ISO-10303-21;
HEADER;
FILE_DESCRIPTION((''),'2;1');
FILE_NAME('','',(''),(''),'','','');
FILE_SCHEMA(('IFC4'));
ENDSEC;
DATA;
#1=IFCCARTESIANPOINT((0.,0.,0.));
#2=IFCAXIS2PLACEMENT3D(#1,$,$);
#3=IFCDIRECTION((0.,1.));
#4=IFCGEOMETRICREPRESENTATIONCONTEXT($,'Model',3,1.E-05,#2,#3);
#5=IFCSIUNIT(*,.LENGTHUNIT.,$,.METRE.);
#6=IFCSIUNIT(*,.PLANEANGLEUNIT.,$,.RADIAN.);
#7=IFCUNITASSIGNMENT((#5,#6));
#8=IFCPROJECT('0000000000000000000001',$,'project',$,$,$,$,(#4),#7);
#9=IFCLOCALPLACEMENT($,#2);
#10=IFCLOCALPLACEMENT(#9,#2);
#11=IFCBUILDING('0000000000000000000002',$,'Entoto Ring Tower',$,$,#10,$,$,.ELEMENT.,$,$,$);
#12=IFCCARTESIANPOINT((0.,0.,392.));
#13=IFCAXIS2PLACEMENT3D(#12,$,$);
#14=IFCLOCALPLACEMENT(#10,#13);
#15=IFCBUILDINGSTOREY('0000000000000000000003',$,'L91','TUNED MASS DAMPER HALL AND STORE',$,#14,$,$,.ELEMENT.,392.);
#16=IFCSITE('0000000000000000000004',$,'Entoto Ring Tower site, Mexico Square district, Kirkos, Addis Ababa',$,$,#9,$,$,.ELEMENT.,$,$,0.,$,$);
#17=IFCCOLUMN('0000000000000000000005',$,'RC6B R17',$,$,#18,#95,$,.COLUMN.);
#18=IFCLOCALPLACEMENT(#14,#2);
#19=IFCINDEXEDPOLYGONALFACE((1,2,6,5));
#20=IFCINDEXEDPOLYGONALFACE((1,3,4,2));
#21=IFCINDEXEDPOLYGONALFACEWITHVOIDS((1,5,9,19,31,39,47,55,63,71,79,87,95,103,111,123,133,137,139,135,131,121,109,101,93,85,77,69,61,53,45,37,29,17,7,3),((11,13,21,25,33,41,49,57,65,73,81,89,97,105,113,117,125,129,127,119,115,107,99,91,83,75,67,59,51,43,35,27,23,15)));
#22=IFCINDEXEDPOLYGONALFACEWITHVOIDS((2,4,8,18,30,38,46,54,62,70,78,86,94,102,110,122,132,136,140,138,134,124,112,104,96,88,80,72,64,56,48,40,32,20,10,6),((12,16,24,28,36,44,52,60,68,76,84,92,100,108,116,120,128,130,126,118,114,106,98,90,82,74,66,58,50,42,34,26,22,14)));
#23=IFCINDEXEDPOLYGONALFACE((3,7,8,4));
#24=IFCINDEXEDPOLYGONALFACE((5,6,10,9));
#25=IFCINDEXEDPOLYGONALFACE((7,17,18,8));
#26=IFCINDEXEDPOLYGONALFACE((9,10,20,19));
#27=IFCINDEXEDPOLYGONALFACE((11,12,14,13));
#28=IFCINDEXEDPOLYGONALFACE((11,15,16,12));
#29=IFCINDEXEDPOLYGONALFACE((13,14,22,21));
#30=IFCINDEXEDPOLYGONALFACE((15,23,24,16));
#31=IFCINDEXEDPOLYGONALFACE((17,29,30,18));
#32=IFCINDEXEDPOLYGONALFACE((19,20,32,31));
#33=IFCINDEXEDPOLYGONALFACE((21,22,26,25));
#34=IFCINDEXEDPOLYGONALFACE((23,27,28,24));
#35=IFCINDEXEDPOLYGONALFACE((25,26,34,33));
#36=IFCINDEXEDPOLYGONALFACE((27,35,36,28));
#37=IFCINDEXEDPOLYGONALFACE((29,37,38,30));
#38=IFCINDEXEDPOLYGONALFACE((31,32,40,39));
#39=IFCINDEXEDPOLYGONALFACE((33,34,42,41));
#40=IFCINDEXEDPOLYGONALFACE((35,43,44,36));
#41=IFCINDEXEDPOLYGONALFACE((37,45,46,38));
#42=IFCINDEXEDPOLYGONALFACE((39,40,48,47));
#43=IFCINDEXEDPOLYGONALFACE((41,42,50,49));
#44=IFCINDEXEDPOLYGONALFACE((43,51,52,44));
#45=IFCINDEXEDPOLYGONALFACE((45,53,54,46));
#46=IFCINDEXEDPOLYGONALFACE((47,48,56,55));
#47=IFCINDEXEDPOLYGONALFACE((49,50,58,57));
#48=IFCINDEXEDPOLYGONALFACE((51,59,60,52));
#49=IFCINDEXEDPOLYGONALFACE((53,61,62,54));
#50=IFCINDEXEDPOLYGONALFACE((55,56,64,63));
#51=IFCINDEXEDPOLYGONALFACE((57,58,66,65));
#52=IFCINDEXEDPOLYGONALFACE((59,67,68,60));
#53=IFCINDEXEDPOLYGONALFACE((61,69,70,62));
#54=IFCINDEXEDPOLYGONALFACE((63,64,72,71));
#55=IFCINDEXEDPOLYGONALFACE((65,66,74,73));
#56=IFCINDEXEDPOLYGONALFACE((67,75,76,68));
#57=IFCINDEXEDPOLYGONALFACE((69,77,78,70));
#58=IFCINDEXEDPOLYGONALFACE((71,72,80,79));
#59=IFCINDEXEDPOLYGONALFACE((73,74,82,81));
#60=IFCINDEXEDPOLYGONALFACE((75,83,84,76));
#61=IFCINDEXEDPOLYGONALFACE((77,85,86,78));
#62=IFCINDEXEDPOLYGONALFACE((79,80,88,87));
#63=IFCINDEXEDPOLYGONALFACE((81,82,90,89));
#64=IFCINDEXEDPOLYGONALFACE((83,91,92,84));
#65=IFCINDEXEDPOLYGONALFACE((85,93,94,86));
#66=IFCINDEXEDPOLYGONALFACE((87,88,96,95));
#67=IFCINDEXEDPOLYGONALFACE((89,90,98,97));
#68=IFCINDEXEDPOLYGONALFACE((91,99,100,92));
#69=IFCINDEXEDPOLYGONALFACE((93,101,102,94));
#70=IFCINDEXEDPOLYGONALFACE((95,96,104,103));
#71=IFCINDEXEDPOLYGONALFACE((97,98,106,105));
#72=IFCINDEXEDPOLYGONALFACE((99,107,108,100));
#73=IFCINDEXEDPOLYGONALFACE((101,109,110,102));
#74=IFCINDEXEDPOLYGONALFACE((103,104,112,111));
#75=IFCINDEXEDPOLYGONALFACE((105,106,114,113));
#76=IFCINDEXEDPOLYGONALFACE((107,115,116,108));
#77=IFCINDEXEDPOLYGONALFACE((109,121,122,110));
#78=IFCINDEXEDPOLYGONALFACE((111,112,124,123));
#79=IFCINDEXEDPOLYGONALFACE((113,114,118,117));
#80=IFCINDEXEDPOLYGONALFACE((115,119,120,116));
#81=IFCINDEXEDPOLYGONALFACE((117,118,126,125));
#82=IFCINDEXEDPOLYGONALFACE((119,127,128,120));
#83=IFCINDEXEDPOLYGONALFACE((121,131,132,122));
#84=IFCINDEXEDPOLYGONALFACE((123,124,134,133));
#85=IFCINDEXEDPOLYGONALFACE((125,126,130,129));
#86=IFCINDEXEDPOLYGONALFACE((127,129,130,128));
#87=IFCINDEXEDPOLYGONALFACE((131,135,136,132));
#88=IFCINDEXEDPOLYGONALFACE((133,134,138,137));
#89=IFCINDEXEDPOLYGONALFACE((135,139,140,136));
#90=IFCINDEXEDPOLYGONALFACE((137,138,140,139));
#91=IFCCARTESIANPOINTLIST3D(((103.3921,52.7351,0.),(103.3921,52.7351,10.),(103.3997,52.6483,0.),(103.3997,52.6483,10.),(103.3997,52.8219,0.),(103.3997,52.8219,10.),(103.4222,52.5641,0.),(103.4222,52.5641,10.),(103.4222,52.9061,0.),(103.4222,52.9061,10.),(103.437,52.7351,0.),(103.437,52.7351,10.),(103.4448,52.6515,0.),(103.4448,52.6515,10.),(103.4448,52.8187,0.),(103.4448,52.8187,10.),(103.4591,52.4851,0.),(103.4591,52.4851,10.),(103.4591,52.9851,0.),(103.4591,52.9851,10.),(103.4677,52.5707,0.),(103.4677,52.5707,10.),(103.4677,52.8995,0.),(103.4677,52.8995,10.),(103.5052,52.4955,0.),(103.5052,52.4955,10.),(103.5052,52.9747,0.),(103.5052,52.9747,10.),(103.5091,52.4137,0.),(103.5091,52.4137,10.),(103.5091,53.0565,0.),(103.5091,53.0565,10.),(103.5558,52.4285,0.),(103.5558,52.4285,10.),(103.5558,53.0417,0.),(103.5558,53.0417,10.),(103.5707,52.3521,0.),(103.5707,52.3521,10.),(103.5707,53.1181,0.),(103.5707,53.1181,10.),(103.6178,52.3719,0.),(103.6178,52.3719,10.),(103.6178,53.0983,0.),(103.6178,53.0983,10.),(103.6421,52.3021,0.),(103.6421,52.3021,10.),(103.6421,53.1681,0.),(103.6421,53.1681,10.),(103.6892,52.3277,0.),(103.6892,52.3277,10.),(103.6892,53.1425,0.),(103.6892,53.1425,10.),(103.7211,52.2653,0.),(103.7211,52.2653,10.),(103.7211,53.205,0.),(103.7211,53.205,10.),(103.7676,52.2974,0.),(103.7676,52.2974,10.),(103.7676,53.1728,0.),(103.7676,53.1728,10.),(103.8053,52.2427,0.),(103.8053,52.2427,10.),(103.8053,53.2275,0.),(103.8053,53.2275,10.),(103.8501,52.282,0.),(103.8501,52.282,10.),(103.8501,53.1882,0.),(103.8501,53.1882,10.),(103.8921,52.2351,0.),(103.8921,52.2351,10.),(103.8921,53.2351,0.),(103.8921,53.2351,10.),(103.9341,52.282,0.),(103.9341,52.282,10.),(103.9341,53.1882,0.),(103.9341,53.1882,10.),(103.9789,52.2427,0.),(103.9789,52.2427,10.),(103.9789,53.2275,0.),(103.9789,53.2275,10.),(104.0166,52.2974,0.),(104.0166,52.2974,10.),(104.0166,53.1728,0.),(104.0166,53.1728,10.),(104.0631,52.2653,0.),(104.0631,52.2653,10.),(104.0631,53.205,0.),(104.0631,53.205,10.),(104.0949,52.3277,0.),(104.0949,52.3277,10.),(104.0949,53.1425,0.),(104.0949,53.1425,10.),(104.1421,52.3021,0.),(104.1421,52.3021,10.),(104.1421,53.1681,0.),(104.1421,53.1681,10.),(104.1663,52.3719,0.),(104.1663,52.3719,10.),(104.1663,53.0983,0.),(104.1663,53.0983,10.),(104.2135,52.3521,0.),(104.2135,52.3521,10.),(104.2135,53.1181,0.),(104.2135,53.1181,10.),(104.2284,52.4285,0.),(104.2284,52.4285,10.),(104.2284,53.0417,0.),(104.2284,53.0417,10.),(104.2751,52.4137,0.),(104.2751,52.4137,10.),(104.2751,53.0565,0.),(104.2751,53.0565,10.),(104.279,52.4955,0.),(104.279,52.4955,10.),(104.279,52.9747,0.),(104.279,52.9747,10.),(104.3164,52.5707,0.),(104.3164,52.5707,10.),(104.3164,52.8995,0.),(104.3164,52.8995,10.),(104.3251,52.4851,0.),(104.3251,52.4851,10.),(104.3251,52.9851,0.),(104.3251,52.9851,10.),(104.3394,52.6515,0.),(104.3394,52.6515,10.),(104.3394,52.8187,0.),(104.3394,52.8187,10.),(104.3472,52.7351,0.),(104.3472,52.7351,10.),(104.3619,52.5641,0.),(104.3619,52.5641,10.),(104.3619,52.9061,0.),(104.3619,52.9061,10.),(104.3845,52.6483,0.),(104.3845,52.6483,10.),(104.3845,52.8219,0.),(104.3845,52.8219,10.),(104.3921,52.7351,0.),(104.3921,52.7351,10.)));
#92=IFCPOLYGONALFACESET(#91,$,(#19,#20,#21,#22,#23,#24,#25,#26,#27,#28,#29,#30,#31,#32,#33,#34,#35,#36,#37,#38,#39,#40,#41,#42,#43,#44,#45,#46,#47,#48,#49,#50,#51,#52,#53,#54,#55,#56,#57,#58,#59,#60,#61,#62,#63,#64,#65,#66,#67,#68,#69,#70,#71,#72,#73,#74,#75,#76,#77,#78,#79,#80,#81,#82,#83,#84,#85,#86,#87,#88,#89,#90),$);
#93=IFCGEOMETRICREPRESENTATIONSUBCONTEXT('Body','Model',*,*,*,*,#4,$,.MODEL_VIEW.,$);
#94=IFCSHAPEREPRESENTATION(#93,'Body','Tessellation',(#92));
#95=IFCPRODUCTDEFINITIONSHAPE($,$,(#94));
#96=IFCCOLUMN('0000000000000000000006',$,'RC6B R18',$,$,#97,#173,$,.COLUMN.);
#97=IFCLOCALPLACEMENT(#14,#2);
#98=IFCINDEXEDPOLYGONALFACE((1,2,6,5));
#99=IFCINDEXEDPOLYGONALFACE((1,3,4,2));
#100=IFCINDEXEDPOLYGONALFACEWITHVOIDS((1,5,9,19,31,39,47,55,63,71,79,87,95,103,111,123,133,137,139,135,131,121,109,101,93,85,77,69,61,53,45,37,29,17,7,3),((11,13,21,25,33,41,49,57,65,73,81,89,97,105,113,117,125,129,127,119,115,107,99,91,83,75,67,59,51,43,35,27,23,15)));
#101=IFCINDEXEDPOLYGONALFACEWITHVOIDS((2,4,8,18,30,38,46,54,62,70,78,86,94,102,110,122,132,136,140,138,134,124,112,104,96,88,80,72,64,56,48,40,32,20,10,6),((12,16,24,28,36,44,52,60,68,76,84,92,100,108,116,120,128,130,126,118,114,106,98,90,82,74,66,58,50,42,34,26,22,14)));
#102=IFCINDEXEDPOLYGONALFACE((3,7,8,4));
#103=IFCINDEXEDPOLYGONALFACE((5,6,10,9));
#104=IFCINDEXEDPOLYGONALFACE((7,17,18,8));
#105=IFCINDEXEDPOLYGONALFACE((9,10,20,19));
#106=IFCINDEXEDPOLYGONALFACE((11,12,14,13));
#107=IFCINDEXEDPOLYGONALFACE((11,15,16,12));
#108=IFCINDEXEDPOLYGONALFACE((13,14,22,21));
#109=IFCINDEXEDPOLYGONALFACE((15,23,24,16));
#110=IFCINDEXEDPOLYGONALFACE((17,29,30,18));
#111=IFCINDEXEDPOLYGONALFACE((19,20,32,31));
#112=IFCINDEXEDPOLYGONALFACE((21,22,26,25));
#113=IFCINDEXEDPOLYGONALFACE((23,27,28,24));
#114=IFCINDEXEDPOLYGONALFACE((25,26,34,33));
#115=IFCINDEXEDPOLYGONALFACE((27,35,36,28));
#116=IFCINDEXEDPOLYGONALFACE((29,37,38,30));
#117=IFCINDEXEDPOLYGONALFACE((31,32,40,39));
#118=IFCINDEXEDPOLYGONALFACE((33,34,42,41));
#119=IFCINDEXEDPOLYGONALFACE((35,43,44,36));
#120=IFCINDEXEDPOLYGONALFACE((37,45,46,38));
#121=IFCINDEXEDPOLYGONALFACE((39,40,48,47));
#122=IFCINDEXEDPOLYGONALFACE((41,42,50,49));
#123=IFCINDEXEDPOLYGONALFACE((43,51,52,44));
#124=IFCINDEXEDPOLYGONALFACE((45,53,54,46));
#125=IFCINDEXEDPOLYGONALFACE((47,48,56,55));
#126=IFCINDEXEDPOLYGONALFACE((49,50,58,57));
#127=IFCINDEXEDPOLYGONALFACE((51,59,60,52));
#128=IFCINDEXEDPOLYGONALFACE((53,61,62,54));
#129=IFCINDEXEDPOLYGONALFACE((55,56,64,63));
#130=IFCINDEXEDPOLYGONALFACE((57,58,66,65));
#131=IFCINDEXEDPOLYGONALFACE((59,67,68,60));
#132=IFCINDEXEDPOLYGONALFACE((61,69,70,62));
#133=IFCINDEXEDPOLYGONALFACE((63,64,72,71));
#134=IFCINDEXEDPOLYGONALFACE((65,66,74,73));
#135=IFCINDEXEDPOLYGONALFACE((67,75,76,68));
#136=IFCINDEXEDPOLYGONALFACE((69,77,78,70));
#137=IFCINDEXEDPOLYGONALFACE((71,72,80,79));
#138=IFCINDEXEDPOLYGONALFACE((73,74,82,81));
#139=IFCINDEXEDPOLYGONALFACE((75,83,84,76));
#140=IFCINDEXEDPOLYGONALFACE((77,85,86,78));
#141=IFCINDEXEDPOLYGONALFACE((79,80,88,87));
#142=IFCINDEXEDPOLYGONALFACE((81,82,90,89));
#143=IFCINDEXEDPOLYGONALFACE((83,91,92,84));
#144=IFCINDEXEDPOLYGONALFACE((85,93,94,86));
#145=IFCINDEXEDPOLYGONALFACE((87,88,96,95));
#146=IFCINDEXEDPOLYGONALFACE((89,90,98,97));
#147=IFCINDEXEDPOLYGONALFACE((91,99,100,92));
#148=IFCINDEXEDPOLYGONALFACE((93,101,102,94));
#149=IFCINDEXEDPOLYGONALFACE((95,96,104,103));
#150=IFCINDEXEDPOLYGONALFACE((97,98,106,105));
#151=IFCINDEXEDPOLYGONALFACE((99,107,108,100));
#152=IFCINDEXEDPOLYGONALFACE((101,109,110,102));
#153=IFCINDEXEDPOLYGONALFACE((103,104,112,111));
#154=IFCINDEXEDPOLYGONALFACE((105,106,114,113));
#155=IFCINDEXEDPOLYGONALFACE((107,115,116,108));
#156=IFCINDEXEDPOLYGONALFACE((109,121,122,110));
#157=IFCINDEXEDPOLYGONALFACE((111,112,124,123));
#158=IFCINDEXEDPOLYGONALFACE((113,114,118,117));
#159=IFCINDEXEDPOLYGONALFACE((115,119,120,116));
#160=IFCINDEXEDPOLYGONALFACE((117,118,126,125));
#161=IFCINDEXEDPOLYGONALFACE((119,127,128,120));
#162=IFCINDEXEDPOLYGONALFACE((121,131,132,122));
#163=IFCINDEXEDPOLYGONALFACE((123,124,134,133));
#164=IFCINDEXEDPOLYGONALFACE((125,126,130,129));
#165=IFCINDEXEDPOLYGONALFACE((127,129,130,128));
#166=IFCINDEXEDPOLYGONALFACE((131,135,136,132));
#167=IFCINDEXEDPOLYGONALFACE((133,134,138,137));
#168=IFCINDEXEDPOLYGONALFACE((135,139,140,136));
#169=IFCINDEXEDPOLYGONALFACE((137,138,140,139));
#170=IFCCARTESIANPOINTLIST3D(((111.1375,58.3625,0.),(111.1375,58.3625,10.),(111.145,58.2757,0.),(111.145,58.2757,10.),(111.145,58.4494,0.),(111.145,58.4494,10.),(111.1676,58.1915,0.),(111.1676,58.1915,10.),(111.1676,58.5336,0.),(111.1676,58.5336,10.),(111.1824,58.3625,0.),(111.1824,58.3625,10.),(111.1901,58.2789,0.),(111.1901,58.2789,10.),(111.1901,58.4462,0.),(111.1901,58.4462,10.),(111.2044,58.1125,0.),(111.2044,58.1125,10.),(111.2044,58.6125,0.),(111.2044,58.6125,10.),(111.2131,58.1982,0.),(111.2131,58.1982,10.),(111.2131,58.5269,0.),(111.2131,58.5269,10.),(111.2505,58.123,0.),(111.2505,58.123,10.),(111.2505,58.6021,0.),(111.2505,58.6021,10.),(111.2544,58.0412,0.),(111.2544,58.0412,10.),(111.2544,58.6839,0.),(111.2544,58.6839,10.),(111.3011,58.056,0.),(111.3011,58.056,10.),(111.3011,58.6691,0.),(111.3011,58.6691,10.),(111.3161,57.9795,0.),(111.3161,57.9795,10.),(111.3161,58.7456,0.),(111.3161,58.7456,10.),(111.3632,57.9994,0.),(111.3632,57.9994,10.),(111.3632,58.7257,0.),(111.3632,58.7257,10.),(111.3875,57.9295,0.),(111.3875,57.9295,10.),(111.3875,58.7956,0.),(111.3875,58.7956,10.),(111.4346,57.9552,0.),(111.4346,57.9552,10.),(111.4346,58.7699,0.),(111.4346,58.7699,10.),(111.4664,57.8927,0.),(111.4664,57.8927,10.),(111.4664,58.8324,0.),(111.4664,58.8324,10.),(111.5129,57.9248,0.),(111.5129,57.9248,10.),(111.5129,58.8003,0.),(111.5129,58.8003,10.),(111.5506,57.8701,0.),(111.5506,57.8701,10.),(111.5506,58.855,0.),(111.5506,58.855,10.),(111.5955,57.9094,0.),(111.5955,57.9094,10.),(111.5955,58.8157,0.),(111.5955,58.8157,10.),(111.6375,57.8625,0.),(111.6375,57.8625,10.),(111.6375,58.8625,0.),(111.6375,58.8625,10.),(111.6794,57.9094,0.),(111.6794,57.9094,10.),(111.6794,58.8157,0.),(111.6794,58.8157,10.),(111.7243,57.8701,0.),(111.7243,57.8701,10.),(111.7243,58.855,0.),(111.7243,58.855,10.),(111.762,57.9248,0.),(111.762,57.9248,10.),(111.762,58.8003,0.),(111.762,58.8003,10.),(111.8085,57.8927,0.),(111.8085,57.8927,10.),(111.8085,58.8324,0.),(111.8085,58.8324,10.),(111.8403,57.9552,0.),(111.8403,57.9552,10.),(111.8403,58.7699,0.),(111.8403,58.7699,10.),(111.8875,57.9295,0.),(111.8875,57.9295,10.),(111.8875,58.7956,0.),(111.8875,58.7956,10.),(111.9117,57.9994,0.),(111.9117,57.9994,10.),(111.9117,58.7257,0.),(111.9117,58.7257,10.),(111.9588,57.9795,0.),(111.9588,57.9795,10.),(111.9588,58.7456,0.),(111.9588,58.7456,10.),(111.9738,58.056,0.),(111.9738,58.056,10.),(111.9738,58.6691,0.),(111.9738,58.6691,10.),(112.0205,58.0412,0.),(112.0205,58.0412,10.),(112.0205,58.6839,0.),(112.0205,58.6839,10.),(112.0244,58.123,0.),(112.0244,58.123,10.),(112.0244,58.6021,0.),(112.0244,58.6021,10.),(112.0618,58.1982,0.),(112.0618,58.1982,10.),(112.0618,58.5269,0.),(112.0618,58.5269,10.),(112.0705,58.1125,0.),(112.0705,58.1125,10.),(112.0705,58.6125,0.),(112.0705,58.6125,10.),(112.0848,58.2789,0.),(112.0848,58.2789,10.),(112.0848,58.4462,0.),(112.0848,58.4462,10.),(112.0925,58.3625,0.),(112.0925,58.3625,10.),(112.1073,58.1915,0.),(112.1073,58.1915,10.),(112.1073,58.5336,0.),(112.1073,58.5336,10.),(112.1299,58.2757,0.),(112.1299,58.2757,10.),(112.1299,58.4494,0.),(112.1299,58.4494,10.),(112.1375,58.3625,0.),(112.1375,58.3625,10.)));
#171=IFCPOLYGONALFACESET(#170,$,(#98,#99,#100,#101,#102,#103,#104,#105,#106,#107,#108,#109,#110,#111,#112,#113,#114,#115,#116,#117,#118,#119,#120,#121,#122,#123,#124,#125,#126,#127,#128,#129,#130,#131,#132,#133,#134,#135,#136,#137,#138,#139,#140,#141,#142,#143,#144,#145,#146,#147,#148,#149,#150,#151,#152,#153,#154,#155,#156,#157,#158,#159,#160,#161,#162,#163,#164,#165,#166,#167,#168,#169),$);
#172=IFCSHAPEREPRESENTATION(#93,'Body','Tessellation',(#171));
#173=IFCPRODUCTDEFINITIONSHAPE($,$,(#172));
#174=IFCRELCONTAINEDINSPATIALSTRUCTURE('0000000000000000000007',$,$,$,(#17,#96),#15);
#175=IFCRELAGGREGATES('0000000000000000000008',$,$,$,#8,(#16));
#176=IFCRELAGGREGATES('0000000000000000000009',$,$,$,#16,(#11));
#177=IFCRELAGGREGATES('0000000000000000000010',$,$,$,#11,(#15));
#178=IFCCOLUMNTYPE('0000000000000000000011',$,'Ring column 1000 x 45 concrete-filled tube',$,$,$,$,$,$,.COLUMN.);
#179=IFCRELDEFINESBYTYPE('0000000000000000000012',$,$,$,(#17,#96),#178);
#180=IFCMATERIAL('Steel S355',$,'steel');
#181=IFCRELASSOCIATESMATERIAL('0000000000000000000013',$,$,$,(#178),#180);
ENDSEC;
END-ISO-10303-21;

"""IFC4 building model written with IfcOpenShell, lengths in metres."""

from ifc_helpers import new_model, si_unit, direction, frame, origin, origin_2d, place, context, subcontext, project, spatial, circle, hollow_circle, extrude, material, material_profile, profile_set, type_object, element, save


model = new_model("IFC4")

# Units and contexts
model_context = context("Model", 3, precision=1e-05, world=origin(), true_north=direction((0.0, 1.0)))
body_context = subcontext(model_context, "Body", "Model", "MODEL_VIEW")
ifc_project = project(units=[si_unit("LENGTHUNIT", "METRE"), si_unit("PLANEANGLEUNIT", "RADIAN")], contexts=[model_context])

# Site, building, storey
site_placement = place(None, origin())
site = spatial("IfcSite", under=ifc_project, at=site_placement, Name="Entoto Ring Tower site, Mexico Square district, Kirkos, Addis Ababa", CompositionType="ELEMENT", RefElevation=0.0)
building_placement = place(site_placement, origin())
building = spatial("IfcBuilding", under=site, at=building_placement, Name="Entoto Ring Tower", CompositionType="ELEMENT")
storey_placement = place(building_placement, frame((0.0, 0.0, 392.0)))
storey = spatial("IfcBuildingStorey", under=building, at=storey_placement, Name="L91", Description="TUNED MASS DAMPER HALL AND STORE", CompositionType="ELEMENT", Elevation=392.0)

# Columns
ifc_material_1 = material(Name="Steel S355", Category="steel")
ifc_material_profile_1 = material_profile(ifc_material_1, hollow_circle(Radius=0.5, WallThickness=0.0449, at=origin_2d()), Name="CHS 1000 x 45")
ifc_material_2 = material(Name="Concrete C60/75", Category="concrete")
ifc_material_profile_2 = material_profile(ifc_material_2, circle(Radius=0.4551, at=origin_2d()), Name="Concrete C60/75 infill")
ifc_profile_set_1 = profile_set([ifc_material_profile_1, ifc_material_profile_2], Name="Steel S355")
column_type = type_object("IfcColumnType", Name="Ring column 1000 x 45 concrete-filled tube", PredefinedType="COLUMN", material=ifc_profile_set_1)
for number, where, z_axis, x_axis, name in (
    (1, (103.8921, 52.7351, 0.0), (0.0, 0.0, 1.0), (1.0, 0.0, 0.0), "RC6B R17"),
    (2, (111.6375, 58.3625, 0.0), (0.0, 0.0, 1.0), (1.0, 0.0, 0.0), "RC6B R18"),
):
    element("IfcColumn", number, at=place(storey_placement, frame(where, z_axis=z_axis, x_axis=x_axis)), inside=storey, type_object=column_type, Name=name, PredefinedType="COLUMN", context=body_context, shape_type="SweptSolid", body=[
        extrude(hollow_circle(Radius=0.5, WallThickness=0.0449, at=origin_2d()), origin(), (0.0, 0.0, 1.0), 10.0),
    ])

save(model, "model.ifc")
